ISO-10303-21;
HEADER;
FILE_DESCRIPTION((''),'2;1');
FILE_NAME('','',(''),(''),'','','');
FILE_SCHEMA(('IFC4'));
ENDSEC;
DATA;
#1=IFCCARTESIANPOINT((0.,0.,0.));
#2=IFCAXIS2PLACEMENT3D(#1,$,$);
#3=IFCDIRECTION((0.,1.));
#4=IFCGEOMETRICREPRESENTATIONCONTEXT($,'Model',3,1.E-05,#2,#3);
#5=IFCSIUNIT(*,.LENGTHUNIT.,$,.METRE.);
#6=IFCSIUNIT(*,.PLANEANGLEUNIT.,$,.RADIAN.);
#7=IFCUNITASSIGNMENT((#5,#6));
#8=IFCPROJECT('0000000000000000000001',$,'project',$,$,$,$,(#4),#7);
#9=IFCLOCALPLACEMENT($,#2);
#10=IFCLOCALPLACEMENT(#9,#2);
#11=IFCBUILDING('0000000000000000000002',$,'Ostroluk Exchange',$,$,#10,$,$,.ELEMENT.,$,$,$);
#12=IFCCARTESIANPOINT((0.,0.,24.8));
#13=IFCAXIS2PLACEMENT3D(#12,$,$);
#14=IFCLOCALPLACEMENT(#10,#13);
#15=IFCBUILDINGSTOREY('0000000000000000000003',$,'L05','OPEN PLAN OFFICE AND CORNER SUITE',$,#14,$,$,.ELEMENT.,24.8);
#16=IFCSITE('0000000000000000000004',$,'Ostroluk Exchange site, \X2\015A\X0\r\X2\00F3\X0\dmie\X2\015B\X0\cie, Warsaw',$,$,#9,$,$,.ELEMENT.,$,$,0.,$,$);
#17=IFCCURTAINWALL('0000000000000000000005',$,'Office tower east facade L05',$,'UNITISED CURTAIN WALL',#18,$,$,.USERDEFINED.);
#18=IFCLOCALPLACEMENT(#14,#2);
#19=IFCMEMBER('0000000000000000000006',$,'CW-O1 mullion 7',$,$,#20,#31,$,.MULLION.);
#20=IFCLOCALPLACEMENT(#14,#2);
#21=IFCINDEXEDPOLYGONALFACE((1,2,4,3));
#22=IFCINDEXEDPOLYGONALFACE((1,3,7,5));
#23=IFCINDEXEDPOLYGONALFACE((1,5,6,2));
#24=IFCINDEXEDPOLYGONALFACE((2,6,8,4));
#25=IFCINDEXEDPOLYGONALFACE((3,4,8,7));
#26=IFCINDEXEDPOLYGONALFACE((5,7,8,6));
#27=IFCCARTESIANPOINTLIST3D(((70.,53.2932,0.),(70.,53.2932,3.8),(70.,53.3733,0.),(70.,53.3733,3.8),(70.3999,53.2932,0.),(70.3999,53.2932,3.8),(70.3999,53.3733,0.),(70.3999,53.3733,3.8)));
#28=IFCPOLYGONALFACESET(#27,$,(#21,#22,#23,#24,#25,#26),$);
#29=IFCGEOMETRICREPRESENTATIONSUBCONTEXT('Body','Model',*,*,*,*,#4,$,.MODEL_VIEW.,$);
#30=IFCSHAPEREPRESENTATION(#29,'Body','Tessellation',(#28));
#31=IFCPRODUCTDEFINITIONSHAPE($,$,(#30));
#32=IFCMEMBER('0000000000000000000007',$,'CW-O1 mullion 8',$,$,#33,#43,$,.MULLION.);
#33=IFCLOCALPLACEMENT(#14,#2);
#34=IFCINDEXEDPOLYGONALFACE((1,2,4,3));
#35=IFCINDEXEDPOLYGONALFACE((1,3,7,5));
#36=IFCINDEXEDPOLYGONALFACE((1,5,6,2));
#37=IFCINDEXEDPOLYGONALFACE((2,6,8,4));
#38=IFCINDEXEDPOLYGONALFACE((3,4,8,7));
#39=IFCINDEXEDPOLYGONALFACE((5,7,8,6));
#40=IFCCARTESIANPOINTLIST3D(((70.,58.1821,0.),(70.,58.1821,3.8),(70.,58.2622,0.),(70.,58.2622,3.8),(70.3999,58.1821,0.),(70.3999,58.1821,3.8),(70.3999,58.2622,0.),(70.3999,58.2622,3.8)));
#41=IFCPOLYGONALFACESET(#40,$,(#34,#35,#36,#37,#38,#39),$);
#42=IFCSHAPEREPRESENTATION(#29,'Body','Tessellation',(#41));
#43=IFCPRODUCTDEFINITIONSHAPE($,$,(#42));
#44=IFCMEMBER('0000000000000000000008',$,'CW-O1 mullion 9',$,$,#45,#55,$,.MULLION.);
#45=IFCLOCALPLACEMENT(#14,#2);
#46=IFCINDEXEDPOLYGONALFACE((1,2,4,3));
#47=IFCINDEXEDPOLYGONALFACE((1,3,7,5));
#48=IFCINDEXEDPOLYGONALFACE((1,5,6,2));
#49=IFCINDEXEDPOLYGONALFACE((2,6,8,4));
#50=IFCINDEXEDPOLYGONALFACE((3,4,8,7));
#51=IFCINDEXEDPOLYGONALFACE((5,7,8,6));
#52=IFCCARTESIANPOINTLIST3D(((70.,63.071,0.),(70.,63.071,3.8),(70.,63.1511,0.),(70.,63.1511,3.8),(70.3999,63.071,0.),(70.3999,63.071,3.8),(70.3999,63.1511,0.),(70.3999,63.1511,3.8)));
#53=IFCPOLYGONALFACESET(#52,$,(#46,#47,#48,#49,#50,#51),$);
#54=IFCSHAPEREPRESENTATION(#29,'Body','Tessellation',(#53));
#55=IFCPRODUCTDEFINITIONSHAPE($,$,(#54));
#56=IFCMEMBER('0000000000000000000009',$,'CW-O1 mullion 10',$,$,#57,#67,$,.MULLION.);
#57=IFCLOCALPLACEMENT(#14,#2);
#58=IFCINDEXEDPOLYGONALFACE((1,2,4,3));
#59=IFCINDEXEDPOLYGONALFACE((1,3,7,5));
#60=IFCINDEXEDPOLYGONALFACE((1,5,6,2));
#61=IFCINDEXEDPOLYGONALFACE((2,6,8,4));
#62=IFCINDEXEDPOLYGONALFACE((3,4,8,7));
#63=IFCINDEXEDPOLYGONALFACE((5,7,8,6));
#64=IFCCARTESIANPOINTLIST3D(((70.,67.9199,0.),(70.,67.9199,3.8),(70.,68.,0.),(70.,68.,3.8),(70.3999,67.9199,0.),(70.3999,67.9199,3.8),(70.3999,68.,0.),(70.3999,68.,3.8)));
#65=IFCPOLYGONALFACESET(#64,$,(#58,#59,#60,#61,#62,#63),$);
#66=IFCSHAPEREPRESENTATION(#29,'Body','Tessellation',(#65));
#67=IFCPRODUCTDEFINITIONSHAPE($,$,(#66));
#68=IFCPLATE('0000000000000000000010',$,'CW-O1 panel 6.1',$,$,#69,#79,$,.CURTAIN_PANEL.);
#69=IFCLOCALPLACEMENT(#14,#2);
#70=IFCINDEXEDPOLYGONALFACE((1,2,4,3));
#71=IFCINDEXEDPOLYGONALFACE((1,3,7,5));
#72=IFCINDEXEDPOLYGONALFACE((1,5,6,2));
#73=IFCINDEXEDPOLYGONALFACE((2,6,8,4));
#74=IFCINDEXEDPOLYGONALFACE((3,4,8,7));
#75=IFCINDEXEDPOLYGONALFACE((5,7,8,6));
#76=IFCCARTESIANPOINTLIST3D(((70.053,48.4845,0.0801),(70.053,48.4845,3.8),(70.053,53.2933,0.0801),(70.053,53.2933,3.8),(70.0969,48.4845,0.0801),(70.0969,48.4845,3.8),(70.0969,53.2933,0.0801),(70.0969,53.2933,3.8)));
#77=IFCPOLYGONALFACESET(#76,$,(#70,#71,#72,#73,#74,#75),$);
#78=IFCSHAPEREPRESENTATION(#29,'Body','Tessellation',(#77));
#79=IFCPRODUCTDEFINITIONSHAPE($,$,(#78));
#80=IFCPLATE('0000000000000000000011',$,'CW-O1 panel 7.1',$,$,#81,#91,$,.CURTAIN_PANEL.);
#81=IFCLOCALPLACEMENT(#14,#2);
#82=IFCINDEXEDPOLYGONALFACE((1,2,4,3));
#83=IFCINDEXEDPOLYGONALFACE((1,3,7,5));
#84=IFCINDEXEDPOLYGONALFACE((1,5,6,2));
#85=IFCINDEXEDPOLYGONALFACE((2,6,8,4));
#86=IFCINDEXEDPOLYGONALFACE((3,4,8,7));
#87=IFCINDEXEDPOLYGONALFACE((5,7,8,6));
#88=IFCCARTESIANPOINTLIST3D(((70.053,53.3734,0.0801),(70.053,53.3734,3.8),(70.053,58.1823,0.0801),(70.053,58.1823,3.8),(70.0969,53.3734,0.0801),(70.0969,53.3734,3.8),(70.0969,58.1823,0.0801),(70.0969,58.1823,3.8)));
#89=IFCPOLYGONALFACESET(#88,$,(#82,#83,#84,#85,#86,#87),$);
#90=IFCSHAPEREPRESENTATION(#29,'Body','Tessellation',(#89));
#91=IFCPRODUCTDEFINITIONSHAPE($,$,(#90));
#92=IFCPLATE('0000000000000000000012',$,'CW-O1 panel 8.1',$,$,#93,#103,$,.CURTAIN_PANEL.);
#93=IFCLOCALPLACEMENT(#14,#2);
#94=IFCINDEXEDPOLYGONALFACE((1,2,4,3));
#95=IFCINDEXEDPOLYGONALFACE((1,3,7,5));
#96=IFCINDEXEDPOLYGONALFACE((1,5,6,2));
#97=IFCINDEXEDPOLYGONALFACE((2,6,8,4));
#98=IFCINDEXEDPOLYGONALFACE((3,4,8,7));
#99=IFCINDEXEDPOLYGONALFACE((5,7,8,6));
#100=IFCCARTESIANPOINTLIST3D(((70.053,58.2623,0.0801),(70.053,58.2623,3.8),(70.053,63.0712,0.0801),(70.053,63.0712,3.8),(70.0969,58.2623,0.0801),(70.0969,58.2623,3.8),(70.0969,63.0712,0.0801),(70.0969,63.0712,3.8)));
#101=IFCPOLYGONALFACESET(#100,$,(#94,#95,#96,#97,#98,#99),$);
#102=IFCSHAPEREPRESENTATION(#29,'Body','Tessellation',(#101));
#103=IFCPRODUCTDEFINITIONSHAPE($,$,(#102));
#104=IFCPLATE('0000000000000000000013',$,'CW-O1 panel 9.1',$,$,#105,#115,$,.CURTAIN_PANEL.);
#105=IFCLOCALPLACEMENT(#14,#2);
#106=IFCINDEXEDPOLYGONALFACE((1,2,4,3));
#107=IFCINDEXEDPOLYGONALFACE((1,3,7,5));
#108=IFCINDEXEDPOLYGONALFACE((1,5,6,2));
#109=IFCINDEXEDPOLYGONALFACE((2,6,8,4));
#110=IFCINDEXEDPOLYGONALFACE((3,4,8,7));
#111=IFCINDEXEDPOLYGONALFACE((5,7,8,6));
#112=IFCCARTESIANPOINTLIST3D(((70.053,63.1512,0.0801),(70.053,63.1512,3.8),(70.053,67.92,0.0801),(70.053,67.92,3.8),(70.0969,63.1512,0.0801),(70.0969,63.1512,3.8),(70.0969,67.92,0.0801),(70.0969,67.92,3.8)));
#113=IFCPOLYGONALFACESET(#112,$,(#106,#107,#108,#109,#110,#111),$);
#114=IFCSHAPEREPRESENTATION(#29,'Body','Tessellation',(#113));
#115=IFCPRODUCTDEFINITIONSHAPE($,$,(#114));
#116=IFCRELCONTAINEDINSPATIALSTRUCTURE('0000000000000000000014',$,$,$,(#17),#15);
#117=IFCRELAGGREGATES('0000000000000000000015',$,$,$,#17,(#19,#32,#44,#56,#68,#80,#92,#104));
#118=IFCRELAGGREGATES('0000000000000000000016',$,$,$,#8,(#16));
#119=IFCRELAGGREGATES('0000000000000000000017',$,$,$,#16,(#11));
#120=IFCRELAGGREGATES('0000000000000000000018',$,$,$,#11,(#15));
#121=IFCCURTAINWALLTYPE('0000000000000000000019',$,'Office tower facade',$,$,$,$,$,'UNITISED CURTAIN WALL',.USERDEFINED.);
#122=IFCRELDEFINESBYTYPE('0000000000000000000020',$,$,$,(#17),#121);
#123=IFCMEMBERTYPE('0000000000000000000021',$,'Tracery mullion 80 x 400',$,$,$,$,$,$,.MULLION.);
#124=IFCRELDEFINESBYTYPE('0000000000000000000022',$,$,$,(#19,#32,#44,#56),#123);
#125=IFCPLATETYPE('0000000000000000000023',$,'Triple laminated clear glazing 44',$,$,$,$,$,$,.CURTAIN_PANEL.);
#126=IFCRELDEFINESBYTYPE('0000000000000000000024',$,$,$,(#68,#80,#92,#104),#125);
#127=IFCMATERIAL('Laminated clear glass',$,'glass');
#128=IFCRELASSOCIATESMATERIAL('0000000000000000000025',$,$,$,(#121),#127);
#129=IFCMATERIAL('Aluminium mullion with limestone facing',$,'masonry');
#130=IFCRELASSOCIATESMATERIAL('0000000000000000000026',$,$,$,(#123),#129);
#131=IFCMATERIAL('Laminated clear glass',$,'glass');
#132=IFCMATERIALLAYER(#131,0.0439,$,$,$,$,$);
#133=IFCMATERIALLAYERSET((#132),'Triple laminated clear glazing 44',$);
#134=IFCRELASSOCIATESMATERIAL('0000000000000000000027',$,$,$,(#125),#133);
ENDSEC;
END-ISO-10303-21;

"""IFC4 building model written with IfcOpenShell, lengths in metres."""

from ifc_helpers import new_model, si_unit, direction, frame, origin, origin_2d, place, context, subcontext, project, spatial, rectangle, extrude, material, layer, layer_set, material_profile, profile_set, type_object, element, aggregate, save


model = new_model("IFC4")

# Units and contexts
model_context = context("Model", 3, precision=1e-05, world=origin(), true_north=direction((0.0, 1.0)))
body_context = subcontext(model_context, "Body", "Model", "MODEL_VIEW")
ifc_project = project(units=[si_unit("LENGTHUNIT", "METRE"), si_unit("PLANEANGLEUNIT", "RADIAN")], contexts=[model_context])

# Site, building, storey
site_placement = place(None, origin())
site = spatial("IfcSite", under=ifc_project, at=site_placement, Name="Ostroluk Exchange site, Śródmieście, Warsaw", CompositionType="ELEMENT", RefElevation=0.0)
building_placement = place(site_placement, origin())
building = spatial("IfcBuilding", under=site, at=building_placement, Name="Ostroluk Exchange", CompositionType="ELEMENT")
storey_placement = place(building_placement, frame((0.0, 0.0, 24.8)))
storey = spatial("IfcBuildingStorey", under=building, at=storey_placement, Name="L05", Description="OPEN PLAN OFFICE AND CORNER SUITE", CompositionType="ELEMENT", Elevation=24.8)

# Curtain wall
ifc_material_1 = material(Name="Laminated clear glass", Category="glass")
curtain_wall_type_1 = type_object("IfcCurtainWallType", Name="Office tower facade", ElementType="UNITISED CURTAIN WALL", PredefinedType="USERDEFINED", material=ifc_material_1)
curtain_wall_1_placement = place(storey_placement, origin())
curtain_wall_1 = element("IfcCurtainWall", 1, at=curtain_wall_1_placement, inside=storey, type_object=curtain_wall_type_1, Name="Office tower east facade L05", ObjectType="UNITISED CURTAIN WALL", PredefinedType="USERDEFINED")

# Members
ifc_material_2 = material(Name="Aluminium mullion with limestone facing", Category="masonry")
ifc_material_profile_1 = material_profile(ifc_material_2, rectangle(XDim=0.3999, YDim=0.0801, at=origin_2d()), Name="Tracery mullion 80 x 400")
ifc_profile_set_1 = profile_set([ifc_material_profile_1], Name="Aluminium mullion with limestone facing")
member_type_1 = type_object("IfcMemberType", Name="Tracery mullion 80 x 400", PredefinedType="MULLION", material=ifc_profile_set_1)
member_1_placement = place(storey_placement, frame((70.2, 53.3333, 0.0), z_axis=(0.0, 0.0, 1.0), x_axis=(-1.0, 0.0, 0.0)))
member_1 = element("IfcMember", 2, at=member_1_placement, type_object=member_type_1, Name="CW-O1 mullion 7", PredefinedType="MULLION", context=body_context, shape_type="SweptSolid", body=[
    extrude(rectangle(XDim=0.3999, YDim=0.0801, at=origin_2d()), origin(), (0.0, 0.0, 1.0), 3.8),
])
member_2_placement = place(storey_placement, frame((70.2, 58.2222, 0.0), z_axis=(0.0, 0.0, 1.0), x_axis=(-1.0, 0.0, 0.0)))
member_2 = element("IfcMember", 3, at=member_2_placement, type_object=member_type_1, Name="CW-O1 mullion 8", PredefinedType="MULLION", context=body_context, shape_type="SweptSolid", body=[
    extrude(rectangle(XDim=0.3999, YDim=0.0801, at=origin_2d()), origin(), (0.0, 0.0, 1.0), 3.8),
])
member_3_placement = place(storey_placement, frame((70.2, 63.1111, 0.0), z_axis=(0.0, 0.0, 1.0), x_axis=(-1.0, 0.0, 0.0)))
member_3 = element("IfcMember", 4, at=member_3_placement, type_object=member_type_1, Name="CW-O1 mullion 9", PredefinedType="MULLION", context=body_context, shape_type="SweptSolid", body=[
    extrude(rectangle(XDim=0.3999, YDim=0.0801, at=origin_2d()), origin(), (0.0, 0.0, 1.0), 3.8),
])
member_4_placement = place(storey_placement, frame((70.2, 67.96, 0.0), z_axis=(0.0, 0.0, 1.0), x_axis=(-1.0, 0.0, 0.0)))
member_4 = element("IfcMember", 5, at=member_4_placement, type_object=member_type_1, Name="CW-O1 mullion 10", PredefinedType="MULLION", context=body_context, shape_type="SweptSolid", body=[
    extrude(rectangle(XDim=0.3999, YDim=0.0801, at=origin_2d()), origin(), (0.0, 0.0, 1.0), 3.8),
])

# Plates
ifc_material_3 = material(Name="Laminated clear glass", Category="glass")
ifc_layer = layer(ifc_material_3, 0.0439)
ifc_layer_set = layer_set([ifc_layer], Name="Triple laminated clear glazing 44")
plate_type = type_object("IfcPlateType", Name="Triple laminated clear glazing 44", PredefinedType="CURTAIN_PANEL", material=ifc_layer_set)
plate_1_placement = place(storey_placement, frame((70.075, 50.8889, 0.0801), z_axis=(0.0, 0.0, 1.0), x_axis=(0.0, 1.0, 0.0)))
plate_1 = element("IfcPlate", 6, at=plate_1_placement, type_object=plate_type, Name="CW-O1 panel 6.1", PredefinedType="CURTAIN_PANEL", context=body_context, shape_type="SweptSolid", body=[
    extrude(rectangle(XDim=4.8088, YDim=0.0439, at=origin_2d()), origin(), (0.0, 0.0, 1.0), 3.72),
])
plate_2_placement = place(storey_placement, frame((70.075, 55.7778, 0.0801), z_axis=(0.0, 0.0, 1.0), x_axis=(0.0, 1.0, 0.0)))
plate_2 = element("IfcPlate", 7, at=plate_2_placement, type_object=plate_type, Name="CW-O1 panel 7.1", PredefinedType="CURTAIN_PANEL", context=body_context, shape_type="SweptSolid", body=[
    extrude(rectangle(XDim=4.8088, YDim=0.0439, at=origin_2d()), origin(), (0.0, 0.0, 1.0), 3.72),
])
plate_3_placement = place(storey_placement, frame((70.075, 60.6667, 0.0801), z_axis=(0.0, 0.0, 1.0), x_axis=(0.0, 1.0, 0.0)))
plate_3 = element("IfcPlate", 8, at=plate_3_placement, type_object=plate_type, Name="CW-O1 panel 8.1", PredefinedType="CURTAIN_PANEL", context=body_context, shape_type="SweptSolid", body=[
    extrude(rectangle(XDim=4.8088, YDim=0.0439, at=origin_2d()), origin(), (0.0, 0.0, 1.0), 3.72),
])
plate_4_placement = place(storey_placement, frame((70.075, 65.5356, 0.0801), z_axis=(0.0, 0.0, 1.0), x_axis=(0.0, 1.0, 0.0)))
plate_4 = element("IfcPlate", 9, at=plate_4_placement, type_object=plate_type, Name="CW-O1 panel 9.1", PredefinedType="CURTAIN_PANEL", context=body_context, shape_type="SweptSolid", body=[
    extrude(rectangle(XDim=4.7688, YDim=0.0439, at=origin_2d()), origin(), (0.0, 0.0, 1.0), 3.72),
])
aggregate(curtain_wall_1, [member_1, member_2, member_3, member_4, plate_1, plate_2, plate_3, plate_4])

save(model, "model.ifc")
